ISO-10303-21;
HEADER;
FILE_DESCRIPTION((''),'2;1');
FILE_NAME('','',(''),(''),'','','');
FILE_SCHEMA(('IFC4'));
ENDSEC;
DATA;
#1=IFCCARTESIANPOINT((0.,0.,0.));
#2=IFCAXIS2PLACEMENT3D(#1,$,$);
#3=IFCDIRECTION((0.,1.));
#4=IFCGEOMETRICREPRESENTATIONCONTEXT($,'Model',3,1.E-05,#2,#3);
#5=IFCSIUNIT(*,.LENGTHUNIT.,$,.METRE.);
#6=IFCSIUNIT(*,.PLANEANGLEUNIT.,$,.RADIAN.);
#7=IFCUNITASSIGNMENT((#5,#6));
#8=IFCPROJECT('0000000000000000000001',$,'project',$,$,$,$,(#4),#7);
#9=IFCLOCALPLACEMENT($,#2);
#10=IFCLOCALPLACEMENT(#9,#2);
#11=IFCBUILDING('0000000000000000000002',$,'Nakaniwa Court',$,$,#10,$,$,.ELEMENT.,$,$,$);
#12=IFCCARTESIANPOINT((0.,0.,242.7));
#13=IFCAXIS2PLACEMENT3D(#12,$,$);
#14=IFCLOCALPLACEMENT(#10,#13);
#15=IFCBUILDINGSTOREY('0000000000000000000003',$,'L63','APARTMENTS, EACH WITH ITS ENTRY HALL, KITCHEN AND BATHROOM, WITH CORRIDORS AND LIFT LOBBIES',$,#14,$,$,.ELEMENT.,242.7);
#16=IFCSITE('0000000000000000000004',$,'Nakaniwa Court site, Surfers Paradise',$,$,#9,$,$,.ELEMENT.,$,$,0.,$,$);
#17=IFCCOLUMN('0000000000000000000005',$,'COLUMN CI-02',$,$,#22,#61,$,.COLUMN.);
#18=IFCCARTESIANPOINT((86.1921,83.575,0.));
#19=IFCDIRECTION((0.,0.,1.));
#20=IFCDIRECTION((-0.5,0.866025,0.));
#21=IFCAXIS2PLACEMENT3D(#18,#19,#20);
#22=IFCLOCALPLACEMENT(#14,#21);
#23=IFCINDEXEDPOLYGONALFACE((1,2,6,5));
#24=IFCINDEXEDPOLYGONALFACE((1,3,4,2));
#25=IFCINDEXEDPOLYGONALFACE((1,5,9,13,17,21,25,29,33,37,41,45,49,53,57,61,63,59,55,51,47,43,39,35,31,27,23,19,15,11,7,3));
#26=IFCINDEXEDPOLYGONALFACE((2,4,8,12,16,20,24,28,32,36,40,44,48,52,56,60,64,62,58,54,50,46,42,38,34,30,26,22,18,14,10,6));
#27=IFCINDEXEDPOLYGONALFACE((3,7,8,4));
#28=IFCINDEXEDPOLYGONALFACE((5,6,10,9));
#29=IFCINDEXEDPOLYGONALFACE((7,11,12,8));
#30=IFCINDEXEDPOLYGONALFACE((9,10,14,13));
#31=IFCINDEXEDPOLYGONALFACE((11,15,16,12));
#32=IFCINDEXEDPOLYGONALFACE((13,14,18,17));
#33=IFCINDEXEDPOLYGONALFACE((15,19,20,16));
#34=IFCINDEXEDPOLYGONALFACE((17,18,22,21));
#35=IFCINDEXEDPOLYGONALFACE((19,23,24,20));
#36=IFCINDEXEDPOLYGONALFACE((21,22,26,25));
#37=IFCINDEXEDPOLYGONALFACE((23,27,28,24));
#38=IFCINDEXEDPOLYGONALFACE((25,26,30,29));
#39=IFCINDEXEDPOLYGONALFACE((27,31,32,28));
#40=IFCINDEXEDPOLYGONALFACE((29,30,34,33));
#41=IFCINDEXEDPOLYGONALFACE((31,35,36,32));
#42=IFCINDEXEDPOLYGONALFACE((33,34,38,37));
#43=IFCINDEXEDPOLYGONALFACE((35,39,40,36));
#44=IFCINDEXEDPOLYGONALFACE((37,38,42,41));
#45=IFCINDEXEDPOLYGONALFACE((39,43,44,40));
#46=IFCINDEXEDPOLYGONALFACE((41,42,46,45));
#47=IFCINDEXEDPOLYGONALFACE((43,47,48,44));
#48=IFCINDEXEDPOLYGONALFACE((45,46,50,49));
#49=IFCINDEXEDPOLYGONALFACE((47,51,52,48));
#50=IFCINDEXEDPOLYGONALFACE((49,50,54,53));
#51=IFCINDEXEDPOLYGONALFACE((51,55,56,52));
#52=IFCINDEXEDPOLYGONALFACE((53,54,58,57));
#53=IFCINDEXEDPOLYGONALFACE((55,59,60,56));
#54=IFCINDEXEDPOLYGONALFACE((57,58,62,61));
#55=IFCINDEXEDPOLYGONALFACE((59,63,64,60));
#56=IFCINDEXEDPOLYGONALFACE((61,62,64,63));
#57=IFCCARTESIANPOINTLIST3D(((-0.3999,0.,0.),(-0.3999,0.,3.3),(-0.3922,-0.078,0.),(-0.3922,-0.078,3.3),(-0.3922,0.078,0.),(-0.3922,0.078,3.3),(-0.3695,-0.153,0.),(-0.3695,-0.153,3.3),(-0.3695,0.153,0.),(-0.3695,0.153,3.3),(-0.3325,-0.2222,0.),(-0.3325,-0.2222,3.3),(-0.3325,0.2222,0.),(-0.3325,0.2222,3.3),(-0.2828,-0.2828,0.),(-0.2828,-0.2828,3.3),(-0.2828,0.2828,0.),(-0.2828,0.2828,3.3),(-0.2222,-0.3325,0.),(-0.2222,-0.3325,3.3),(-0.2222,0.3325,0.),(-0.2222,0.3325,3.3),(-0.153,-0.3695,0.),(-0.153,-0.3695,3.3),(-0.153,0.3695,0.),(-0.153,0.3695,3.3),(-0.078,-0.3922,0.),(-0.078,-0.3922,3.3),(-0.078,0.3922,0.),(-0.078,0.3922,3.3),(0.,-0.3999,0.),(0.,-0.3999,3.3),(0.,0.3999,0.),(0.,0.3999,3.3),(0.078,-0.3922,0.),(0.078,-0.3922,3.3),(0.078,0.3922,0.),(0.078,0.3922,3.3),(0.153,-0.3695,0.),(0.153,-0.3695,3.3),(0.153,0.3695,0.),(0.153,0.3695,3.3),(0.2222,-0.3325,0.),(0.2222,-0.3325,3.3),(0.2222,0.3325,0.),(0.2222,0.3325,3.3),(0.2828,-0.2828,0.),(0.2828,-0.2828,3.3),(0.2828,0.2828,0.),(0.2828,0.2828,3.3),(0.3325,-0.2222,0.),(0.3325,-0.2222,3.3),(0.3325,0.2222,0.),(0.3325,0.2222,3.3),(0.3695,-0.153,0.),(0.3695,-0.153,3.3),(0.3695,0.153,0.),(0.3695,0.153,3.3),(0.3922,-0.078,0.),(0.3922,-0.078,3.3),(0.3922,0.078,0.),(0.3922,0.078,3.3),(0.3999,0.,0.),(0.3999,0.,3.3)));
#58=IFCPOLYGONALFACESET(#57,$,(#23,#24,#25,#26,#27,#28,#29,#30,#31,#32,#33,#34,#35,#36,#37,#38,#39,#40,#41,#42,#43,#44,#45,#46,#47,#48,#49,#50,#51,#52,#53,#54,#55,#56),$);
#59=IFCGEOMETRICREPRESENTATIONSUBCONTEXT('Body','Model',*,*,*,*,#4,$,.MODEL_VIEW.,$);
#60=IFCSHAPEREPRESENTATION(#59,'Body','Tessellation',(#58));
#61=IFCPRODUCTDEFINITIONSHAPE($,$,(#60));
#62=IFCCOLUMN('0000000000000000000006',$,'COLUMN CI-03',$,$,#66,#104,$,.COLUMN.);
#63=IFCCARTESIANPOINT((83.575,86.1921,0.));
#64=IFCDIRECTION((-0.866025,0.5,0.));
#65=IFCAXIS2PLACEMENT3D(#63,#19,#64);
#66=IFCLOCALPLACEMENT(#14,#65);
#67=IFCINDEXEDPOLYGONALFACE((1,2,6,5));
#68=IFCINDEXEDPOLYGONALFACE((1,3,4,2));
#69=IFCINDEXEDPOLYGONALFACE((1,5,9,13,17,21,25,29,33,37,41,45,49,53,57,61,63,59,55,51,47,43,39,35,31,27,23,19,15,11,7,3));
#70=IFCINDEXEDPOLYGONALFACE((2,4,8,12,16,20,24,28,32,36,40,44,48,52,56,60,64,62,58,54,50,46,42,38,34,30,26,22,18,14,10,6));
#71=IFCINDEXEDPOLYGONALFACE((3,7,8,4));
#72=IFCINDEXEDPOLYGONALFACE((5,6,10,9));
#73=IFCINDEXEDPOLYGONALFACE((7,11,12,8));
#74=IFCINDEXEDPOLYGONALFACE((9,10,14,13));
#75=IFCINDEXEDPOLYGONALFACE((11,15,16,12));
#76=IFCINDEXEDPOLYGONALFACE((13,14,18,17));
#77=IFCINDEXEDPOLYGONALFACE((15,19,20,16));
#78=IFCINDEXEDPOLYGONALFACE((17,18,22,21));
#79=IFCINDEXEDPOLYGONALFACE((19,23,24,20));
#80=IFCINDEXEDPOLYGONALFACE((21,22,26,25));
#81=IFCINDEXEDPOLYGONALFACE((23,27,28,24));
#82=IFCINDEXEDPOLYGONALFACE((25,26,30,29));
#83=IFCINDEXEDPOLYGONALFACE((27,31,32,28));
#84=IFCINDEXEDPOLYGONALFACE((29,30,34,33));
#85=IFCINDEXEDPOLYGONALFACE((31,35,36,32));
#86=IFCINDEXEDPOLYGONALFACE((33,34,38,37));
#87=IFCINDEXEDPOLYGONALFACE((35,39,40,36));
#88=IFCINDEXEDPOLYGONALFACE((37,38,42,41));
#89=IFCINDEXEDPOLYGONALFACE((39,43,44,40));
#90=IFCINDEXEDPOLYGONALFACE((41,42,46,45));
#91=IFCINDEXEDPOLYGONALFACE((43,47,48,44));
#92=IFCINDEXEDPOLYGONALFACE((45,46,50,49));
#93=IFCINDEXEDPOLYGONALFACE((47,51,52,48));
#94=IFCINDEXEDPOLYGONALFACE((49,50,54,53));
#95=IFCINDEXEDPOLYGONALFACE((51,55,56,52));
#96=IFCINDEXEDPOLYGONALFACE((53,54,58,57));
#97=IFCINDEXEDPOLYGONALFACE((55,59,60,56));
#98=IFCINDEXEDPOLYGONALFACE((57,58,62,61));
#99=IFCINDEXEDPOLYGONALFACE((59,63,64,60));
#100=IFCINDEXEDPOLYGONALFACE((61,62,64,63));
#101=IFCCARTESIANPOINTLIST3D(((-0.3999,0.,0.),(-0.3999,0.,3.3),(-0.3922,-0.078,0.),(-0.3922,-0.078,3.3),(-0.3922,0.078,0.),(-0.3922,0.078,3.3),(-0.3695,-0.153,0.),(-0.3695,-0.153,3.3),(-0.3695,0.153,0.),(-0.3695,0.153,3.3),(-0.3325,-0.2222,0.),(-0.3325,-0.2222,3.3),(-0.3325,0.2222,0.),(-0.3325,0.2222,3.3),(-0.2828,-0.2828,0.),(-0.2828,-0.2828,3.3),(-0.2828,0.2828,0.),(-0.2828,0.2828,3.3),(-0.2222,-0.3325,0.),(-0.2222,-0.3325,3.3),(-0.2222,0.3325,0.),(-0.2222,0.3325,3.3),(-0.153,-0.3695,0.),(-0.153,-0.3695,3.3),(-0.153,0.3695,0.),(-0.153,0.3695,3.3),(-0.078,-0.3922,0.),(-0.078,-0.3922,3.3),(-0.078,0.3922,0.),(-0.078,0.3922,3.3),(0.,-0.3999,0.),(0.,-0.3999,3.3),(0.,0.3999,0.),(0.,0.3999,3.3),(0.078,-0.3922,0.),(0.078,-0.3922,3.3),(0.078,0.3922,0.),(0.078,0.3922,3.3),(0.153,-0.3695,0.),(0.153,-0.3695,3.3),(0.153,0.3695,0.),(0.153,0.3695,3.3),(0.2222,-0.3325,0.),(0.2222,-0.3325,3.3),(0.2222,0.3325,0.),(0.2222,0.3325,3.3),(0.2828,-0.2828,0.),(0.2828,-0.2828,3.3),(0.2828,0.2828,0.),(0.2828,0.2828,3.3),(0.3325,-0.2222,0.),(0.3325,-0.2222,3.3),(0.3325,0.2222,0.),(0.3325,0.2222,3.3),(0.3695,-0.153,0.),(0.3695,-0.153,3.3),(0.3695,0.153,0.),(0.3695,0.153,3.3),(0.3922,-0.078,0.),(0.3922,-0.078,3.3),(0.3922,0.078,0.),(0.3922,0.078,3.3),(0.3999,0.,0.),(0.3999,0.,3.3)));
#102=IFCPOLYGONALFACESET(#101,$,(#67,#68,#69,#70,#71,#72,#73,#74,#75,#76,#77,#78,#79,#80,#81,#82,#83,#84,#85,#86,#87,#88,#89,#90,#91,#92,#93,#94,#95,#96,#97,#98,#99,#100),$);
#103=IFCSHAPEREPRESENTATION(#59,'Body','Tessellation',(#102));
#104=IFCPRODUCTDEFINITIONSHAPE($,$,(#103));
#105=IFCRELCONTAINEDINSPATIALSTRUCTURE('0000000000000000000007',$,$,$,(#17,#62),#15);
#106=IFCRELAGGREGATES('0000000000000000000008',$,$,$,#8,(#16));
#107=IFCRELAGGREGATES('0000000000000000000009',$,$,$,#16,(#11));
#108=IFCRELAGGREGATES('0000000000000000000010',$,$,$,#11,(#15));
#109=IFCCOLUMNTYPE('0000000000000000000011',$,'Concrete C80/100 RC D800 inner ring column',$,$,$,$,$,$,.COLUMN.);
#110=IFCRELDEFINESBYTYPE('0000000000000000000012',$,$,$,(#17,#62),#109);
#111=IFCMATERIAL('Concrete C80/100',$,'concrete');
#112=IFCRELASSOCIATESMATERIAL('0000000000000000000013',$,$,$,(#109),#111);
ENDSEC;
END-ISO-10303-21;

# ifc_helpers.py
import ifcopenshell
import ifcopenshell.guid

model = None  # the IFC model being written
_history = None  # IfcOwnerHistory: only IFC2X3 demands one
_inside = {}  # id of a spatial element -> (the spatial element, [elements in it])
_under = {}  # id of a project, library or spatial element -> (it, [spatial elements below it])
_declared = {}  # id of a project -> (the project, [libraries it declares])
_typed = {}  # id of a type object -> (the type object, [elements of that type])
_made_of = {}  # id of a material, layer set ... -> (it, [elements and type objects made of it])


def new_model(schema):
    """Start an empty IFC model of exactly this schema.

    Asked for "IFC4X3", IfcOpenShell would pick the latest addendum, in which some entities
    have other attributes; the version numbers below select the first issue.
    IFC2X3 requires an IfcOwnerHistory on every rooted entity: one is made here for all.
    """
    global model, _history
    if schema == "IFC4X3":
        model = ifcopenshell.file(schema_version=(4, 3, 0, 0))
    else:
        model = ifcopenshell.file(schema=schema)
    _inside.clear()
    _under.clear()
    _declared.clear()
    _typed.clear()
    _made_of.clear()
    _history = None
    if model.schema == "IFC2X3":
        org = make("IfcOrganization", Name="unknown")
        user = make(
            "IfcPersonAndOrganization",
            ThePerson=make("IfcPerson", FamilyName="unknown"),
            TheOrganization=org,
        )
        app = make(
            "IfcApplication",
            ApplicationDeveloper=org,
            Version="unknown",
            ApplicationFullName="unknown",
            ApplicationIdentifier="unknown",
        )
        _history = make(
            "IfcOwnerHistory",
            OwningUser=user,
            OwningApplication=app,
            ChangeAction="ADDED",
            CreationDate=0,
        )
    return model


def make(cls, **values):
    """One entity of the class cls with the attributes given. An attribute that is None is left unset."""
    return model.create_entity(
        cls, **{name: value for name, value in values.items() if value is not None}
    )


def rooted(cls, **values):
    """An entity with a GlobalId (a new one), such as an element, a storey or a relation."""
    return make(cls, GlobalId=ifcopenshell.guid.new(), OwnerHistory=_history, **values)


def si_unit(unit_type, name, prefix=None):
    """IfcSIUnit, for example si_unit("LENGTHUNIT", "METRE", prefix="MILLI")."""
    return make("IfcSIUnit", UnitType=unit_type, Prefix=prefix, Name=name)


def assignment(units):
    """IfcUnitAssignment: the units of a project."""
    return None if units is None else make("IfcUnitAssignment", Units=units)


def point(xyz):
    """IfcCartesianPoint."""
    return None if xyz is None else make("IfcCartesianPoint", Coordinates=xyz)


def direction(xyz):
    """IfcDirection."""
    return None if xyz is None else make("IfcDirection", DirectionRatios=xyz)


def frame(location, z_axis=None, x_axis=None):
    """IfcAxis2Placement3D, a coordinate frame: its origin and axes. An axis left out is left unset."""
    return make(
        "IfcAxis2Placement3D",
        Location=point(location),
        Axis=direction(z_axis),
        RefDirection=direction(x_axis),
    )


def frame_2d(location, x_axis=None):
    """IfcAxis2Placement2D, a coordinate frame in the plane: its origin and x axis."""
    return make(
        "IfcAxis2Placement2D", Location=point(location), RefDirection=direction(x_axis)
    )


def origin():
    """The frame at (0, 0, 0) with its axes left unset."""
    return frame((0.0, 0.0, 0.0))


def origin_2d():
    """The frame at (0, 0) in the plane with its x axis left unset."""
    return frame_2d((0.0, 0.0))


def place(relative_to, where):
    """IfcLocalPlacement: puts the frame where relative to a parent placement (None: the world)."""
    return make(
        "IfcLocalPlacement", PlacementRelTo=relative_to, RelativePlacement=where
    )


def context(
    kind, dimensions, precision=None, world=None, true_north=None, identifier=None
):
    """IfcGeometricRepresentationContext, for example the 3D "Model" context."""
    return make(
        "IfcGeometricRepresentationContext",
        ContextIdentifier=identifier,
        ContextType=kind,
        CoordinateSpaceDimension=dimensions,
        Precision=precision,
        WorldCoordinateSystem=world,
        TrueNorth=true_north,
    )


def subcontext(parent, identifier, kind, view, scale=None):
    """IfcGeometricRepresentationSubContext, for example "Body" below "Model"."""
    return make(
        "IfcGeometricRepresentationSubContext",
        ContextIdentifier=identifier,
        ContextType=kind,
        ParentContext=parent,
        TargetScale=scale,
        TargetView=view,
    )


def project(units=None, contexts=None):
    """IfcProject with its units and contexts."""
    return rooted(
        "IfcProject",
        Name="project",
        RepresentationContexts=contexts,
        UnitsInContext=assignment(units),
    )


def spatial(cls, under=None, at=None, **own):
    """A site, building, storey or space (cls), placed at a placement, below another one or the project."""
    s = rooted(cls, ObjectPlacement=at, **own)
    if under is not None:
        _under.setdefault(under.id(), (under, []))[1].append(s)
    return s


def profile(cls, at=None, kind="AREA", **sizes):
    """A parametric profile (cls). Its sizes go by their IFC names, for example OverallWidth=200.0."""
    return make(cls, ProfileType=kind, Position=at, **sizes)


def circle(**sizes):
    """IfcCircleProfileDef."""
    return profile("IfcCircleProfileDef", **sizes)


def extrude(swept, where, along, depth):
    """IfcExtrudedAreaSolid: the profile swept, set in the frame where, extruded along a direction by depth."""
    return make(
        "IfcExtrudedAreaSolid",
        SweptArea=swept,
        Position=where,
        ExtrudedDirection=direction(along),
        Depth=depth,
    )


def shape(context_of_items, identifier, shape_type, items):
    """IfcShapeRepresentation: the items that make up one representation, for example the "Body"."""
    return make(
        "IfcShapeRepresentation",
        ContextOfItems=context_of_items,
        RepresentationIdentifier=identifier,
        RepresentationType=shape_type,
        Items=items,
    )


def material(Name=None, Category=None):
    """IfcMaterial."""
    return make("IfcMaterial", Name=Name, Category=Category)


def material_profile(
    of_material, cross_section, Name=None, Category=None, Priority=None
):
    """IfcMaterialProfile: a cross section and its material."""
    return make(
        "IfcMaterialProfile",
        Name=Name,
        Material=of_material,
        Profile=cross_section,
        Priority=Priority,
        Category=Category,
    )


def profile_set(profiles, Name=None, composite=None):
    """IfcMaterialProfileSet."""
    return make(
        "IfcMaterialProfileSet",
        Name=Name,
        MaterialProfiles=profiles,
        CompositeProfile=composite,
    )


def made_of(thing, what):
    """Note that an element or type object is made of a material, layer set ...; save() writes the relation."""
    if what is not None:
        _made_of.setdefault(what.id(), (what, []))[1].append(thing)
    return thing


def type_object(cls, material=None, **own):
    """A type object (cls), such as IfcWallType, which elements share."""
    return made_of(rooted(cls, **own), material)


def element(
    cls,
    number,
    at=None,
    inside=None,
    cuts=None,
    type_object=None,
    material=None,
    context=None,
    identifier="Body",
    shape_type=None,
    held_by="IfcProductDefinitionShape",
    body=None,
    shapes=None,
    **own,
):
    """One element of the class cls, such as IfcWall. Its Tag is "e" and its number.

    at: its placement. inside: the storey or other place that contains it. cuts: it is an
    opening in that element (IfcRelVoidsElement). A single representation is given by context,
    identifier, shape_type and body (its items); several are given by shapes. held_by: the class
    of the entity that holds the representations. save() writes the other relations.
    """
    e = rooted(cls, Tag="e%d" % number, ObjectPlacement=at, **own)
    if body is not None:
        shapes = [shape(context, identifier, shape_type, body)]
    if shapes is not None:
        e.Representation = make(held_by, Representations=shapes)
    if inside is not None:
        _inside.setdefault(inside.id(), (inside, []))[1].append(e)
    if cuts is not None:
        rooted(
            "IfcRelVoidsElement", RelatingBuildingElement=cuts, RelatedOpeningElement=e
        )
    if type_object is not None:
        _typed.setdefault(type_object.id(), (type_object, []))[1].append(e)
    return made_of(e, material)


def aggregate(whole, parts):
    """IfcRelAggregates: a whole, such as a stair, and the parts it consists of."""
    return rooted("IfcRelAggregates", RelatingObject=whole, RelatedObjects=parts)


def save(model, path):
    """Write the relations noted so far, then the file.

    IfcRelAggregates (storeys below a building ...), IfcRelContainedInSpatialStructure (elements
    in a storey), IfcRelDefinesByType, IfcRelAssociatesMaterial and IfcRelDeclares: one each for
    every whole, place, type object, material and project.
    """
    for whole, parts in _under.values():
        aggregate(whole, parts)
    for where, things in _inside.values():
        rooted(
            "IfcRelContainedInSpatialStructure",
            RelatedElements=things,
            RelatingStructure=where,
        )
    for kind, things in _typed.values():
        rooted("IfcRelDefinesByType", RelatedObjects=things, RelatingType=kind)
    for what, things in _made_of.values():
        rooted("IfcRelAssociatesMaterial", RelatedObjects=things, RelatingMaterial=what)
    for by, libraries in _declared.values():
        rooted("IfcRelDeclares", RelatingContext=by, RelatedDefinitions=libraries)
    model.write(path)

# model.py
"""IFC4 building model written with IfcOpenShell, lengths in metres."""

from ifc_helpers import new_model, si_unit, direction, frame, origin, origin_2d, place, context, subcontext, project, spatial, circle, extrude, material, material_profile, profile_set, type_object, element, save


model = new_model("IFC4")

# Units and contexts
model_context = context("Model", 3, precision=1e-05, world=origin(), true_north=direction((0.0, 1.0)))
body_context = subcontext(model_context, "Body", "Model", "MODEL_VIEW")
ifc_project = project(units=[si_unit("LENGTHUNIT", "METRE"), si_unit("PLANEANGLEUNIT", "RADIAN")], contexts=[model_context])

# Site, building, storey
site_placement = place(None, origin())
site = spatial("IfcSite", under=ifc_project, at=site_placement, Name="Nakaniwa Court site, Surfers Paradise", CompositionType="ELEMENT", RefElevation=0.0)
building_placement = place(site_placement, origin())
building = spatial("IfcBuilding", under=site, at=building_placement, Name="Nakaniwa Court", CompositionType="ELEMENT")
storey_placement = place(building_placement, frame((0.0, 0.0, 242.7)))
storey = spatial("IfcBuildingStorey", under=building, at=storey_placement, Name="L63", Description="APARTMENTS, EACH WITH ITS ENTRY HALL, KITCHEN AND BATHROOM, WITH CORRIDORS AND LIFT LOBBIES", CompositionType="ELEMENT", Elevation=242.7)

# Columns
ifc_material_1 = material(Name="Concrete C80/100", Category="concrete")
ifc_material_profile_1 = material_profile(ifc_material_1, circle(Radius=0.3999, at=origin_2d()), Name="Concrete C80/100 RC D800 inner ring column")
ifc_profile_set_1 = profile_set([ifc_material_profile_1], Name="Concrete C80/100")
column_type = type_object("IfcColumnType", Name="Concrete C80/100 RC D800 inner ring column", PredefinedType="COLUMN", material=ifc_profile_set_1)
for number, where, z_axis, x_axis, name in (
    (1, (86.1921, 83.575, 0.0), (0.0, 0.0, 1.0), (-0.5, 0.866025, 0.0), "COLUMN CI-02"),
    (2, (83.575, 86.1921, 0.0), (0.0, 0.0, 1.0), (-0.866025, 0.5, 0.0), "COLUMN CI-03"),
):
    element("IfcColumn", number, at=place(storey_placement, frame(where, z_axis=z_axis, x_axis=x_axis)), inside=storey, type_object=column_type, Name=name, PredefinedType="COLUMN", context=body_context, shape_type="SweptSolid", body=[
        extrude(circle(Radius=0.3999, at=origin_2d()), origin(), (0.0, 0.0, 1.0), 3.3),
    ])

save(model, "model.ifc")
